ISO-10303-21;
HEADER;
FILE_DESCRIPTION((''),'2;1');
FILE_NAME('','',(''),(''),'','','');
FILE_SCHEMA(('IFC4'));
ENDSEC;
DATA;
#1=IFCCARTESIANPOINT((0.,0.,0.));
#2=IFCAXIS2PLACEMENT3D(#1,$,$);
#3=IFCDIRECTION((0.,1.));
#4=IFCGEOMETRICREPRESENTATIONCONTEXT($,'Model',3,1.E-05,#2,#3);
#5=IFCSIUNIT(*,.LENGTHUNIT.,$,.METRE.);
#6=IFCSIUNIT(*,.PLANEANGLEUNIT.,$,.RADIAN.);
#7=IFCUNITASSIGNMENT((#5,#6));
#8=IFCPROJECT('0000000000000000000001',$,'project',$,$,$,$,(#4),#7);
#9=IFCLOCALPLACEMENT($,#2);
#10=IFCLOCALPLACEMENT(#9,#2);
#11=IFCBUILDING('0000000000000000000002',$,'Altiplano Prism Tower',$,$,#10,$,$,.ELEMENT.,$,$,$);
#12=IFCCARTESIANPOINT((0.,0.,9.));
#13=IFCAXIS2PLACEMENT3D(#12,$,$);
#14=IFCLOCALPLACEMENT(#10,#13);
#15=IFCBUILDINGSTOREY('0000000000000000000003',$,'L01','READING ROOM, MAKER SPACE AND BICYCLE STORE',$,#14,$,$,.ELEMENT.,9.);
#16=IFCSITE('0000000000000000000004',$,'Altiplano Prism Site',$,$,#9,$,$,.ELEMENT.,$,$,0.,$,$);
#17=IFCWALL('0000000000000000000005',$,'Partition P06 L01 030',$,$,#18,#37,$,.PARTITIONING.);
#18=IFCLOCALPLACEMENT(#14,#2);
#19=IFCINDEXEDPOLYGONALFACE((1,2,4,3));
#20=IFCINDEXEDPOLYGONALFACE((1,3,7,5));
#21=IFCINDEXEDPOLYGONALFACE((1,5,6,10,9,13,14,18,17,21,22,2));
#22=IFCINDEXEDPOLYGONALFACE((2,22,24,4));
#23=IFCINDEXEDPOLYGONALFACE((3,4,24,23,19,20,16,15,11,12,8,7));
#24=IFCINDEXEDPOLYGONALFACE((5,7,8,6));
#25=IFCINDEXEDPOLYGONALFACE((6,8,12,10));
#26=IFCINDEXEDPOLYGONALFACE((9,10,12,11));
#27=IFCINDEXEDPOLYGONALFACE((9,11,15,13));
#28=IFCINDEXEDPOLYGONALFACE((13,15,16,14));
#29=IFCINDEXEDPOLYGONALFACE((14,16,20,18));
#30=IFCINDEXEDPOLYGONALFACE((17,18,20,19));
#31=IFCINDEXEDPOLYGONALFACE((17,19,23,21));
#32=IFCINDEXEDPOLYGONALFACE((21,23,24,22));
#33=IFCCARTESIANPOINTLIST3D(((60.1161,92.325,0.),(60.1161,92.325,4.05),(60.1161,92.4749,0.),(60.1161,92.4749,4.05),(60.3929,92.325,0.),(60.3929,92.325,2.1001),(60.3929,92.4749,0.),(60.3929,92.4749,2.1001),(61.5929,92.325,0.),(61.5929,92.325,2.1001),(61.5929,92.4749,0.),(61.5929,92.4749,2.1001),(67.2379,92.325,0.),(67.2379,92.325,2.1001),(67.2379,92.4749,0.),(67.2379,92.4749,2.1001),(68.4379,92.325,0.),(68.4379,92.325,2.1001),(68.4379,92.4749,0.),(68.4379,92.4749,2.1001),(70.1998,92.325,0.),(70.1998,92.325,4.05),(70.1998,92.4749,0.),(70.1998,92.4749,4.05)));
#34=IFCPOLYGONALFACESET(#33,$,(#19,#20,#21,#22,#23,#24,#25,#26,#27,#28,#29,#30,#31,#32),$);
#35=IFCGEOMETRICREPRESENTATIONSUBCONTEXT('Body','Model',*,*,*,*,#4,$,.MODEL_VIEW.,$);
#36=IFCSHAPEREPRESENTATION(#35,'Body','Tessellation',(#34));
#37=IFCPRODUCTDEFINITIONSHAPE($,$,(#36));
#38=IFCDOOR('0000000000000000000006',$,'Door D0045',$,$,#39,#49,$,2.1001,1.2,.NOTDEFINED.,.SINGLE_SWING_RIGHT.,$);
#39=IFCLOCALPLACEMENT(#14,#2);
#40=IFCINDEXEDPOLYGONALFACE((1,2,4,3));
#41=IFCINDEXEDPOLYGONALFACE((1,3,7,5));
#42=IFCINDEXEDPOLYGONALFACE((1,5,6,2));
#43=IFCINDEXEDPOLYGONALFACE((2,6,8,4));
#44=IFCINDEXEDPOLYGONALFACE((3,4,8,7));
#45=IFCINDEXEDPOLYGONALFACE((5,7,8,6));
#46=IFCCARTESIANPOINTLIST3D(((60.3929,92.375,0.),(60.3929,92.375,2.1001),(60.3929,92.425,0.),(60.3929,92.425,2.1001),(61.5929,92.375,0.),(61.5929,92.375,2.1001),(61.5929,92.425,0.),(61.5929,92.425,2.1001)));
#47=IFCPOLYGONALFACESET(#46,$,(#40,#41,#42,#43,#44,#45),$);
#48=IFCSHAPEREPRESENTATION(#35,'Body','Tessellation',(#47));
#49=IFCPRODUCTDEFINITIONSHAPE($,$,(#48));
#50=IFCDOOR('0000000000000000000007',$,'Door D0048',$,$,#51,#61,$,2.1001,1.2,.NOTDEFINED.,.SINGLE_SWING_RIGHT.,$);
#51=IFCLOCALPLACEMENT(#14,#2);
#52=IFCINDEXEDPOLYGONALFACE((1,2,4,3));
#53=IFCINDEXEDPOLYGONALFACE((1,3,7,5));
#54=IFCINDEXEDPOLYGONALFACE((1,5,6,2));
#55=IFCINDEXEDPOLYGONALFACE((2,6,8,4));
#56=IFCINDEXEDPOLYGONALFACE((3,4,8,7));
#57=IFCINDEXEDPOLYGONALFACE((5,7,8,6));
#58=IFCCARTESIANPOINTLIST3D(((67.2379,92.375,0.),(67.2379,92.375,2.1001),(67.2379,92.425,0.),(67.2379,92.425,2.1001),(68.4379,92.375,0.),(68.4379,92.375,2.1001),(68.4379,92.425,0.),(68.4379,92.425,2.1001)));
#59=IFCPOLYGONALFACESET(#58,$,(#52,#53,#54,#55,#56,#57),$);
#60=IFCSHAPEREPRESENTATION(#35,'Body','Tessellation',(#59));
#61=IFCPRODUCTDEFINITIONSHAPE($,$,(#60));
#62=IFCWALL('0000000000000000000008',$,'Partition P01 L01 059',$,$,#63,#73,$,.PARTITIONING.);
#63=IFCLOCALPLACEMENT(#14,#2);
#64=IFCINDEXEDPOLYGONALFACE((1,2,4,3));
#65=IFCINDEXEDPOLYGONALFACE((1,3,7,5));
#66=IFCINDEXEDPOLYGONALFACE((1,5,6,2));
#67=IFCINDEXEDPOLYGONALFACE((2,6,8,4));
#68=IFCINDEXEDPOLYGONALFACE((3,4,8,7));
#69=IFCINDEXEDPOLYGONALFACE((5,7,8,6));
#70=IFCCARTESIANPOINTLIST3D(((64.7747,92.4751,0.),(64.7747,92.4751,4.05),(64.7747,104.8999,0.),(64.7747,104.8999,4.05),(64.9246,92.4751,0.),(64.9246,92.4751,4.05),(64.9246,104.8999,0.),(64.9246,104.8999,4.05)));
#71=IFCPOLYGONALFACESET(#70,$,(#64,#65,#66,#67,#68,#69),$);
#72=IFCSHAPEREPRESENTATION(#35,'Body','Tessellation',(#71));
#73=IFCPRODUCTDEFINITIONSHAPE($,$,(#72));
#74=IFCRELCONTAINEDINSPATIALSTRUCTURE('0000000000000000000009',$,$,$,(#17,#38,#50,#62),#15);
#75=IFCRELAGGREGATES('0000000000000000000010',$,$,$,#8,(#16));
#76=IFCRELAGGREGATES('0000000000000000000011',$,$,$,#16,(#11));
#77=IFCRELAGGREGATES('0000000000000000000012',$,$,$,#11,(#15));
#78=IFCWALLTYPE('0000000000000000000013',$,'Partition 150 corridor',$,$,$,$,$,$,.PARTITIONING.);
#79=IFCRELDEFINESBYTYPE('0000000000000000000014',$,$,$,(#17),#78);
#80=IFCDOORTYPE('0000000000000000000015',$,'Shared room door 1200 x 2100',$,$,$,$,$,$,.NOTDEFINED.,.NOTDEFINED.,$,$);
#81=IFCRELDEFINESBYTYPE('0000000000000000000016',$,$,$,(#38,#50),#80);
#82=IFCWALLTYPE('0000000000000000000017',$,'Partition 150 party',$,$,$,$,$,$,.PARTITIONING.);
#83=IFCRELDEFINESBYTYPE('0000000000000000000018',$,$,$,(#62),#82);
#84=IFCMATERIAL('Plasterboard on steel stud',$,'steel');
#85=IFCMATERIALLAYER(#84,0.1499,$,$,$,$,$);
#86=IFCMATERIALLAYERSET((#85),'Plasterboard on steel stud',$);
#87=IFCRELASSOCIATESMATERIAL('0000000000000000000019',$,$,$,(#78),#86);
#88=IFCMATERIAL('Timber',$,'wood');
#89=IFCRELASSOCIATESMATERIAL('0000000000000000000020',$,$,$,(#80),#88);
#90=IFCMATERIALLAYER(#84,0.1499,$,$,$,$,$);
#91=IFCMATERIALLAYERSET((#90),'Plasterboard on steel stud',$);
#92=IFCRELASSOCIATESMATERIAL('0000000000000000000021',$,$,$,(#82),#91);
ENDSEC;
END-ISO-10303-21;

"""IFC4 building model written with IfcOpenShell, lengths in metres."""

from ifc_helpers import new_model, si_unit, direction, frame, frame_2d, origin, place, context, subcontext, project, spatial, rectangle, extrude, material, layer, layer_set, type_object, element, fill, save


model = new_model("IFC4")

# Units and contexts
model_context = context("Model", 3, precision=1e-05, world=origin(), true_north=direction((0.0, 1.0)))
body_context = subcontext(model_context, "Body", "Model", "MODEL_VIEW")
ifc_project = project(units=[si_unit("LENGTHUNIT", "METRE"), si_unit("PLANEANGLEUNIT", "RADIAN")], contexts=[model_context])

# Site, building, storey
site_placement = place(None, origin())
site = spatial("IfcSite", under=ifc_project, at=site_placement, Name="Altiplano Prism Site", CompositionType="ELEMENT", RefElevation=0.0)
building_placement = place(site_placement, origin())
building = spatial("IfcBuilding", under=site, at=building_placement, Name="Altiplano Prism Tower", CompositionType="ELEMENT")
storey_placement = place(building_placement, frame((0.0, 0.0, 9.0)))
storey = spatial("IfcBuildingStorey", under=building, at=storey_placement, Name="L01", Description="READING ROOM, MAKER SPACE AND BICYCLE STORE", CompositionType="ELEMENT", Elevation=9.0)

# Shared definitions
ifc_material_1 = material(Name="Plasterboard on steel stud", Category="steel")
ifc_layer_1 = layer(ifc_material_1, 0.1499)
ifc_layer_set_1 = layer_set([ifc_layer_1], Name="Plasterboard on steel stud")
wall_type_1 = type_object("IfcWallType", Name="Partition 150 corridor", PredefinedType="PARTITIONING", material=ifc_layer_set_1)
ifc_material_2 = material(Name="Timber", Category="wood")
door_type_1 = type_object("IfcDoorType", Name="Shared room door 1200 x 2100", OperationType="NOTDEFINED", PredefinedType="NOTDEFINED", material=ifc_material_2)

# Wall, openings, doors
wall_1_placement = place(storey_placement, frame((70.2, 92.3999, 0.0), z_axis=(0.0, 0.0, 1.0), x_axis=(-1.0, 0.0, 0.0)))
wall_1 = element("IfcWall", 1, at=wall_1_placement, inside=storey, type_object=wall_type_1, Name="Partition P06 L01 030", PredefinedType="PARTITIONING", context=body_context, shape_type="SweptSolid", body=[
    extrude(rectangle(XDim=10.0837, YDim=0.1499, at=frame_2d((5.042, 0.0))), origin(), (0.0, 0.0, 1.0), 4.05),
])
opening_1_placement = place(wall_1_placement, frame((8.6069, 0.0, 0.0)))
opening_1 = element("IfcOpeningElement", 2, at=opening_1_placement, cuts=wall_1, PredefinedType="OPENING", context=body_context, shape_type="SweptSolid", body=[
    extrude(rectangle(XDim=1.2, YDim=2.1001, at=frame_2d((0.6001, 1.05))), frame((0.0, 0.0854, 0.0), z_axis=(0.0, -1.0, 0.0), x_axis=(1.0, 0.0, 0.0)), (0.0, 0.0, 1.0), 0.1709),
])
opening_2_placement = place(wall_1_placement, frame((1.762, 0.0, 0.0)))
opening_2 = element("IfcOpeningElement", 3, at=opening_2_placement, cuts=wall_1, PredefinedType="OPENING", context=body_context, shape_type="SweptSolid", body=[
    extrude(rectangle(XDim=1.2, YDim=2.1001, at=frame_2d((0.6001, 1.05))), frame((0.0, 0.0854, 0.0), z_axis=(0.0, -1.0, 0.0), x_axis=(1.0, 0.0, 0.0)), (0.0, 0.0, 1.0), 0.1709),
])
door_1_placement = place(opening_1_placement, origin())
door_1 = element("IfcDoor", 4, at=door_1_placement, inside=storey, type_object=door_type_1, Name="Door D0045", OperationType="SINGLE_SWING_RIGHT", OverallHeight=2.1001, OverallWidth=1.2, PredefinedType="NOTDEFINED", context=body_context, shape_type="SweptSolid", body=[
    extrude(rectangle(XDim=1.2, YDim=2.1001, at=frame_2d((0.6001, 1.05))), frame((0.0, 0.0249, 0.0), z_axis=(0.0, -1.0, 0.0), x_axis=(1.0, 0.0, 0.0)), (0.0, 0.0, 1.0), 0.05),
])
fill(opening_1, door_1)
door_2_placement = place(opening_2_placement, origin())
door_2 = element("IfcDoor", 5, at=door_2_placement, inside=storey, type_object=door_type_1, Name="Door D0048", OperationType="SINGLE_SWING_RIGHT", OverallHeight=2.1001, OverallWidth=1.2, PredefinedType="NOTDEFINED", context=body_context, shape_type="SweptSolid", body=[
    extrude(rectangle(XDim=1.2, YDim=2.1001, at=frame_2d((0.6001, 1.05))), frame((0.0, 0.0249, 0.0), z_axis=(0.0, -1.0, 0.0), x_axis=(1.0, 0.0, 0.0)), (0.0, 0.0, 1.0), 0.05),
])
fill(opening_2, door_2)

# Wall
ifc_layer_2 = layer(ifc_material_1, 0.1499)
ifc_layer_set_2 = layer_set([ifc_layer_2], Name="Plasterboard on steel stud")
wall_type_2 = type_object("IfcWallType", Name="Partition 150 party", PredefinedType="PARTITIONING", material=ifc_layer_set_2)
wall_2_placement = place(storey_placement, frame((64.8496, 92.4751, 0.0), z_axis=(0.0, 0.0, 1.0), x_axis=(0.0, 1.0, 0.0)))
element("IfcWall", 6, at=wall_2_placement, inside=storey, type_object=wall_type_2, Name="Partition P01 L01 059", PredefinedType="PARTITIONING", context=body_context, shape_type="SweptSolid", body=[
    extrude(rectangle(XDim=12.4248, YDim=0.1499, at=frame_2d((6.2124, 0.0))), origin(), (0.0, 0.0, 1.0), 4.05),
])

save(model, "model.ifc")
